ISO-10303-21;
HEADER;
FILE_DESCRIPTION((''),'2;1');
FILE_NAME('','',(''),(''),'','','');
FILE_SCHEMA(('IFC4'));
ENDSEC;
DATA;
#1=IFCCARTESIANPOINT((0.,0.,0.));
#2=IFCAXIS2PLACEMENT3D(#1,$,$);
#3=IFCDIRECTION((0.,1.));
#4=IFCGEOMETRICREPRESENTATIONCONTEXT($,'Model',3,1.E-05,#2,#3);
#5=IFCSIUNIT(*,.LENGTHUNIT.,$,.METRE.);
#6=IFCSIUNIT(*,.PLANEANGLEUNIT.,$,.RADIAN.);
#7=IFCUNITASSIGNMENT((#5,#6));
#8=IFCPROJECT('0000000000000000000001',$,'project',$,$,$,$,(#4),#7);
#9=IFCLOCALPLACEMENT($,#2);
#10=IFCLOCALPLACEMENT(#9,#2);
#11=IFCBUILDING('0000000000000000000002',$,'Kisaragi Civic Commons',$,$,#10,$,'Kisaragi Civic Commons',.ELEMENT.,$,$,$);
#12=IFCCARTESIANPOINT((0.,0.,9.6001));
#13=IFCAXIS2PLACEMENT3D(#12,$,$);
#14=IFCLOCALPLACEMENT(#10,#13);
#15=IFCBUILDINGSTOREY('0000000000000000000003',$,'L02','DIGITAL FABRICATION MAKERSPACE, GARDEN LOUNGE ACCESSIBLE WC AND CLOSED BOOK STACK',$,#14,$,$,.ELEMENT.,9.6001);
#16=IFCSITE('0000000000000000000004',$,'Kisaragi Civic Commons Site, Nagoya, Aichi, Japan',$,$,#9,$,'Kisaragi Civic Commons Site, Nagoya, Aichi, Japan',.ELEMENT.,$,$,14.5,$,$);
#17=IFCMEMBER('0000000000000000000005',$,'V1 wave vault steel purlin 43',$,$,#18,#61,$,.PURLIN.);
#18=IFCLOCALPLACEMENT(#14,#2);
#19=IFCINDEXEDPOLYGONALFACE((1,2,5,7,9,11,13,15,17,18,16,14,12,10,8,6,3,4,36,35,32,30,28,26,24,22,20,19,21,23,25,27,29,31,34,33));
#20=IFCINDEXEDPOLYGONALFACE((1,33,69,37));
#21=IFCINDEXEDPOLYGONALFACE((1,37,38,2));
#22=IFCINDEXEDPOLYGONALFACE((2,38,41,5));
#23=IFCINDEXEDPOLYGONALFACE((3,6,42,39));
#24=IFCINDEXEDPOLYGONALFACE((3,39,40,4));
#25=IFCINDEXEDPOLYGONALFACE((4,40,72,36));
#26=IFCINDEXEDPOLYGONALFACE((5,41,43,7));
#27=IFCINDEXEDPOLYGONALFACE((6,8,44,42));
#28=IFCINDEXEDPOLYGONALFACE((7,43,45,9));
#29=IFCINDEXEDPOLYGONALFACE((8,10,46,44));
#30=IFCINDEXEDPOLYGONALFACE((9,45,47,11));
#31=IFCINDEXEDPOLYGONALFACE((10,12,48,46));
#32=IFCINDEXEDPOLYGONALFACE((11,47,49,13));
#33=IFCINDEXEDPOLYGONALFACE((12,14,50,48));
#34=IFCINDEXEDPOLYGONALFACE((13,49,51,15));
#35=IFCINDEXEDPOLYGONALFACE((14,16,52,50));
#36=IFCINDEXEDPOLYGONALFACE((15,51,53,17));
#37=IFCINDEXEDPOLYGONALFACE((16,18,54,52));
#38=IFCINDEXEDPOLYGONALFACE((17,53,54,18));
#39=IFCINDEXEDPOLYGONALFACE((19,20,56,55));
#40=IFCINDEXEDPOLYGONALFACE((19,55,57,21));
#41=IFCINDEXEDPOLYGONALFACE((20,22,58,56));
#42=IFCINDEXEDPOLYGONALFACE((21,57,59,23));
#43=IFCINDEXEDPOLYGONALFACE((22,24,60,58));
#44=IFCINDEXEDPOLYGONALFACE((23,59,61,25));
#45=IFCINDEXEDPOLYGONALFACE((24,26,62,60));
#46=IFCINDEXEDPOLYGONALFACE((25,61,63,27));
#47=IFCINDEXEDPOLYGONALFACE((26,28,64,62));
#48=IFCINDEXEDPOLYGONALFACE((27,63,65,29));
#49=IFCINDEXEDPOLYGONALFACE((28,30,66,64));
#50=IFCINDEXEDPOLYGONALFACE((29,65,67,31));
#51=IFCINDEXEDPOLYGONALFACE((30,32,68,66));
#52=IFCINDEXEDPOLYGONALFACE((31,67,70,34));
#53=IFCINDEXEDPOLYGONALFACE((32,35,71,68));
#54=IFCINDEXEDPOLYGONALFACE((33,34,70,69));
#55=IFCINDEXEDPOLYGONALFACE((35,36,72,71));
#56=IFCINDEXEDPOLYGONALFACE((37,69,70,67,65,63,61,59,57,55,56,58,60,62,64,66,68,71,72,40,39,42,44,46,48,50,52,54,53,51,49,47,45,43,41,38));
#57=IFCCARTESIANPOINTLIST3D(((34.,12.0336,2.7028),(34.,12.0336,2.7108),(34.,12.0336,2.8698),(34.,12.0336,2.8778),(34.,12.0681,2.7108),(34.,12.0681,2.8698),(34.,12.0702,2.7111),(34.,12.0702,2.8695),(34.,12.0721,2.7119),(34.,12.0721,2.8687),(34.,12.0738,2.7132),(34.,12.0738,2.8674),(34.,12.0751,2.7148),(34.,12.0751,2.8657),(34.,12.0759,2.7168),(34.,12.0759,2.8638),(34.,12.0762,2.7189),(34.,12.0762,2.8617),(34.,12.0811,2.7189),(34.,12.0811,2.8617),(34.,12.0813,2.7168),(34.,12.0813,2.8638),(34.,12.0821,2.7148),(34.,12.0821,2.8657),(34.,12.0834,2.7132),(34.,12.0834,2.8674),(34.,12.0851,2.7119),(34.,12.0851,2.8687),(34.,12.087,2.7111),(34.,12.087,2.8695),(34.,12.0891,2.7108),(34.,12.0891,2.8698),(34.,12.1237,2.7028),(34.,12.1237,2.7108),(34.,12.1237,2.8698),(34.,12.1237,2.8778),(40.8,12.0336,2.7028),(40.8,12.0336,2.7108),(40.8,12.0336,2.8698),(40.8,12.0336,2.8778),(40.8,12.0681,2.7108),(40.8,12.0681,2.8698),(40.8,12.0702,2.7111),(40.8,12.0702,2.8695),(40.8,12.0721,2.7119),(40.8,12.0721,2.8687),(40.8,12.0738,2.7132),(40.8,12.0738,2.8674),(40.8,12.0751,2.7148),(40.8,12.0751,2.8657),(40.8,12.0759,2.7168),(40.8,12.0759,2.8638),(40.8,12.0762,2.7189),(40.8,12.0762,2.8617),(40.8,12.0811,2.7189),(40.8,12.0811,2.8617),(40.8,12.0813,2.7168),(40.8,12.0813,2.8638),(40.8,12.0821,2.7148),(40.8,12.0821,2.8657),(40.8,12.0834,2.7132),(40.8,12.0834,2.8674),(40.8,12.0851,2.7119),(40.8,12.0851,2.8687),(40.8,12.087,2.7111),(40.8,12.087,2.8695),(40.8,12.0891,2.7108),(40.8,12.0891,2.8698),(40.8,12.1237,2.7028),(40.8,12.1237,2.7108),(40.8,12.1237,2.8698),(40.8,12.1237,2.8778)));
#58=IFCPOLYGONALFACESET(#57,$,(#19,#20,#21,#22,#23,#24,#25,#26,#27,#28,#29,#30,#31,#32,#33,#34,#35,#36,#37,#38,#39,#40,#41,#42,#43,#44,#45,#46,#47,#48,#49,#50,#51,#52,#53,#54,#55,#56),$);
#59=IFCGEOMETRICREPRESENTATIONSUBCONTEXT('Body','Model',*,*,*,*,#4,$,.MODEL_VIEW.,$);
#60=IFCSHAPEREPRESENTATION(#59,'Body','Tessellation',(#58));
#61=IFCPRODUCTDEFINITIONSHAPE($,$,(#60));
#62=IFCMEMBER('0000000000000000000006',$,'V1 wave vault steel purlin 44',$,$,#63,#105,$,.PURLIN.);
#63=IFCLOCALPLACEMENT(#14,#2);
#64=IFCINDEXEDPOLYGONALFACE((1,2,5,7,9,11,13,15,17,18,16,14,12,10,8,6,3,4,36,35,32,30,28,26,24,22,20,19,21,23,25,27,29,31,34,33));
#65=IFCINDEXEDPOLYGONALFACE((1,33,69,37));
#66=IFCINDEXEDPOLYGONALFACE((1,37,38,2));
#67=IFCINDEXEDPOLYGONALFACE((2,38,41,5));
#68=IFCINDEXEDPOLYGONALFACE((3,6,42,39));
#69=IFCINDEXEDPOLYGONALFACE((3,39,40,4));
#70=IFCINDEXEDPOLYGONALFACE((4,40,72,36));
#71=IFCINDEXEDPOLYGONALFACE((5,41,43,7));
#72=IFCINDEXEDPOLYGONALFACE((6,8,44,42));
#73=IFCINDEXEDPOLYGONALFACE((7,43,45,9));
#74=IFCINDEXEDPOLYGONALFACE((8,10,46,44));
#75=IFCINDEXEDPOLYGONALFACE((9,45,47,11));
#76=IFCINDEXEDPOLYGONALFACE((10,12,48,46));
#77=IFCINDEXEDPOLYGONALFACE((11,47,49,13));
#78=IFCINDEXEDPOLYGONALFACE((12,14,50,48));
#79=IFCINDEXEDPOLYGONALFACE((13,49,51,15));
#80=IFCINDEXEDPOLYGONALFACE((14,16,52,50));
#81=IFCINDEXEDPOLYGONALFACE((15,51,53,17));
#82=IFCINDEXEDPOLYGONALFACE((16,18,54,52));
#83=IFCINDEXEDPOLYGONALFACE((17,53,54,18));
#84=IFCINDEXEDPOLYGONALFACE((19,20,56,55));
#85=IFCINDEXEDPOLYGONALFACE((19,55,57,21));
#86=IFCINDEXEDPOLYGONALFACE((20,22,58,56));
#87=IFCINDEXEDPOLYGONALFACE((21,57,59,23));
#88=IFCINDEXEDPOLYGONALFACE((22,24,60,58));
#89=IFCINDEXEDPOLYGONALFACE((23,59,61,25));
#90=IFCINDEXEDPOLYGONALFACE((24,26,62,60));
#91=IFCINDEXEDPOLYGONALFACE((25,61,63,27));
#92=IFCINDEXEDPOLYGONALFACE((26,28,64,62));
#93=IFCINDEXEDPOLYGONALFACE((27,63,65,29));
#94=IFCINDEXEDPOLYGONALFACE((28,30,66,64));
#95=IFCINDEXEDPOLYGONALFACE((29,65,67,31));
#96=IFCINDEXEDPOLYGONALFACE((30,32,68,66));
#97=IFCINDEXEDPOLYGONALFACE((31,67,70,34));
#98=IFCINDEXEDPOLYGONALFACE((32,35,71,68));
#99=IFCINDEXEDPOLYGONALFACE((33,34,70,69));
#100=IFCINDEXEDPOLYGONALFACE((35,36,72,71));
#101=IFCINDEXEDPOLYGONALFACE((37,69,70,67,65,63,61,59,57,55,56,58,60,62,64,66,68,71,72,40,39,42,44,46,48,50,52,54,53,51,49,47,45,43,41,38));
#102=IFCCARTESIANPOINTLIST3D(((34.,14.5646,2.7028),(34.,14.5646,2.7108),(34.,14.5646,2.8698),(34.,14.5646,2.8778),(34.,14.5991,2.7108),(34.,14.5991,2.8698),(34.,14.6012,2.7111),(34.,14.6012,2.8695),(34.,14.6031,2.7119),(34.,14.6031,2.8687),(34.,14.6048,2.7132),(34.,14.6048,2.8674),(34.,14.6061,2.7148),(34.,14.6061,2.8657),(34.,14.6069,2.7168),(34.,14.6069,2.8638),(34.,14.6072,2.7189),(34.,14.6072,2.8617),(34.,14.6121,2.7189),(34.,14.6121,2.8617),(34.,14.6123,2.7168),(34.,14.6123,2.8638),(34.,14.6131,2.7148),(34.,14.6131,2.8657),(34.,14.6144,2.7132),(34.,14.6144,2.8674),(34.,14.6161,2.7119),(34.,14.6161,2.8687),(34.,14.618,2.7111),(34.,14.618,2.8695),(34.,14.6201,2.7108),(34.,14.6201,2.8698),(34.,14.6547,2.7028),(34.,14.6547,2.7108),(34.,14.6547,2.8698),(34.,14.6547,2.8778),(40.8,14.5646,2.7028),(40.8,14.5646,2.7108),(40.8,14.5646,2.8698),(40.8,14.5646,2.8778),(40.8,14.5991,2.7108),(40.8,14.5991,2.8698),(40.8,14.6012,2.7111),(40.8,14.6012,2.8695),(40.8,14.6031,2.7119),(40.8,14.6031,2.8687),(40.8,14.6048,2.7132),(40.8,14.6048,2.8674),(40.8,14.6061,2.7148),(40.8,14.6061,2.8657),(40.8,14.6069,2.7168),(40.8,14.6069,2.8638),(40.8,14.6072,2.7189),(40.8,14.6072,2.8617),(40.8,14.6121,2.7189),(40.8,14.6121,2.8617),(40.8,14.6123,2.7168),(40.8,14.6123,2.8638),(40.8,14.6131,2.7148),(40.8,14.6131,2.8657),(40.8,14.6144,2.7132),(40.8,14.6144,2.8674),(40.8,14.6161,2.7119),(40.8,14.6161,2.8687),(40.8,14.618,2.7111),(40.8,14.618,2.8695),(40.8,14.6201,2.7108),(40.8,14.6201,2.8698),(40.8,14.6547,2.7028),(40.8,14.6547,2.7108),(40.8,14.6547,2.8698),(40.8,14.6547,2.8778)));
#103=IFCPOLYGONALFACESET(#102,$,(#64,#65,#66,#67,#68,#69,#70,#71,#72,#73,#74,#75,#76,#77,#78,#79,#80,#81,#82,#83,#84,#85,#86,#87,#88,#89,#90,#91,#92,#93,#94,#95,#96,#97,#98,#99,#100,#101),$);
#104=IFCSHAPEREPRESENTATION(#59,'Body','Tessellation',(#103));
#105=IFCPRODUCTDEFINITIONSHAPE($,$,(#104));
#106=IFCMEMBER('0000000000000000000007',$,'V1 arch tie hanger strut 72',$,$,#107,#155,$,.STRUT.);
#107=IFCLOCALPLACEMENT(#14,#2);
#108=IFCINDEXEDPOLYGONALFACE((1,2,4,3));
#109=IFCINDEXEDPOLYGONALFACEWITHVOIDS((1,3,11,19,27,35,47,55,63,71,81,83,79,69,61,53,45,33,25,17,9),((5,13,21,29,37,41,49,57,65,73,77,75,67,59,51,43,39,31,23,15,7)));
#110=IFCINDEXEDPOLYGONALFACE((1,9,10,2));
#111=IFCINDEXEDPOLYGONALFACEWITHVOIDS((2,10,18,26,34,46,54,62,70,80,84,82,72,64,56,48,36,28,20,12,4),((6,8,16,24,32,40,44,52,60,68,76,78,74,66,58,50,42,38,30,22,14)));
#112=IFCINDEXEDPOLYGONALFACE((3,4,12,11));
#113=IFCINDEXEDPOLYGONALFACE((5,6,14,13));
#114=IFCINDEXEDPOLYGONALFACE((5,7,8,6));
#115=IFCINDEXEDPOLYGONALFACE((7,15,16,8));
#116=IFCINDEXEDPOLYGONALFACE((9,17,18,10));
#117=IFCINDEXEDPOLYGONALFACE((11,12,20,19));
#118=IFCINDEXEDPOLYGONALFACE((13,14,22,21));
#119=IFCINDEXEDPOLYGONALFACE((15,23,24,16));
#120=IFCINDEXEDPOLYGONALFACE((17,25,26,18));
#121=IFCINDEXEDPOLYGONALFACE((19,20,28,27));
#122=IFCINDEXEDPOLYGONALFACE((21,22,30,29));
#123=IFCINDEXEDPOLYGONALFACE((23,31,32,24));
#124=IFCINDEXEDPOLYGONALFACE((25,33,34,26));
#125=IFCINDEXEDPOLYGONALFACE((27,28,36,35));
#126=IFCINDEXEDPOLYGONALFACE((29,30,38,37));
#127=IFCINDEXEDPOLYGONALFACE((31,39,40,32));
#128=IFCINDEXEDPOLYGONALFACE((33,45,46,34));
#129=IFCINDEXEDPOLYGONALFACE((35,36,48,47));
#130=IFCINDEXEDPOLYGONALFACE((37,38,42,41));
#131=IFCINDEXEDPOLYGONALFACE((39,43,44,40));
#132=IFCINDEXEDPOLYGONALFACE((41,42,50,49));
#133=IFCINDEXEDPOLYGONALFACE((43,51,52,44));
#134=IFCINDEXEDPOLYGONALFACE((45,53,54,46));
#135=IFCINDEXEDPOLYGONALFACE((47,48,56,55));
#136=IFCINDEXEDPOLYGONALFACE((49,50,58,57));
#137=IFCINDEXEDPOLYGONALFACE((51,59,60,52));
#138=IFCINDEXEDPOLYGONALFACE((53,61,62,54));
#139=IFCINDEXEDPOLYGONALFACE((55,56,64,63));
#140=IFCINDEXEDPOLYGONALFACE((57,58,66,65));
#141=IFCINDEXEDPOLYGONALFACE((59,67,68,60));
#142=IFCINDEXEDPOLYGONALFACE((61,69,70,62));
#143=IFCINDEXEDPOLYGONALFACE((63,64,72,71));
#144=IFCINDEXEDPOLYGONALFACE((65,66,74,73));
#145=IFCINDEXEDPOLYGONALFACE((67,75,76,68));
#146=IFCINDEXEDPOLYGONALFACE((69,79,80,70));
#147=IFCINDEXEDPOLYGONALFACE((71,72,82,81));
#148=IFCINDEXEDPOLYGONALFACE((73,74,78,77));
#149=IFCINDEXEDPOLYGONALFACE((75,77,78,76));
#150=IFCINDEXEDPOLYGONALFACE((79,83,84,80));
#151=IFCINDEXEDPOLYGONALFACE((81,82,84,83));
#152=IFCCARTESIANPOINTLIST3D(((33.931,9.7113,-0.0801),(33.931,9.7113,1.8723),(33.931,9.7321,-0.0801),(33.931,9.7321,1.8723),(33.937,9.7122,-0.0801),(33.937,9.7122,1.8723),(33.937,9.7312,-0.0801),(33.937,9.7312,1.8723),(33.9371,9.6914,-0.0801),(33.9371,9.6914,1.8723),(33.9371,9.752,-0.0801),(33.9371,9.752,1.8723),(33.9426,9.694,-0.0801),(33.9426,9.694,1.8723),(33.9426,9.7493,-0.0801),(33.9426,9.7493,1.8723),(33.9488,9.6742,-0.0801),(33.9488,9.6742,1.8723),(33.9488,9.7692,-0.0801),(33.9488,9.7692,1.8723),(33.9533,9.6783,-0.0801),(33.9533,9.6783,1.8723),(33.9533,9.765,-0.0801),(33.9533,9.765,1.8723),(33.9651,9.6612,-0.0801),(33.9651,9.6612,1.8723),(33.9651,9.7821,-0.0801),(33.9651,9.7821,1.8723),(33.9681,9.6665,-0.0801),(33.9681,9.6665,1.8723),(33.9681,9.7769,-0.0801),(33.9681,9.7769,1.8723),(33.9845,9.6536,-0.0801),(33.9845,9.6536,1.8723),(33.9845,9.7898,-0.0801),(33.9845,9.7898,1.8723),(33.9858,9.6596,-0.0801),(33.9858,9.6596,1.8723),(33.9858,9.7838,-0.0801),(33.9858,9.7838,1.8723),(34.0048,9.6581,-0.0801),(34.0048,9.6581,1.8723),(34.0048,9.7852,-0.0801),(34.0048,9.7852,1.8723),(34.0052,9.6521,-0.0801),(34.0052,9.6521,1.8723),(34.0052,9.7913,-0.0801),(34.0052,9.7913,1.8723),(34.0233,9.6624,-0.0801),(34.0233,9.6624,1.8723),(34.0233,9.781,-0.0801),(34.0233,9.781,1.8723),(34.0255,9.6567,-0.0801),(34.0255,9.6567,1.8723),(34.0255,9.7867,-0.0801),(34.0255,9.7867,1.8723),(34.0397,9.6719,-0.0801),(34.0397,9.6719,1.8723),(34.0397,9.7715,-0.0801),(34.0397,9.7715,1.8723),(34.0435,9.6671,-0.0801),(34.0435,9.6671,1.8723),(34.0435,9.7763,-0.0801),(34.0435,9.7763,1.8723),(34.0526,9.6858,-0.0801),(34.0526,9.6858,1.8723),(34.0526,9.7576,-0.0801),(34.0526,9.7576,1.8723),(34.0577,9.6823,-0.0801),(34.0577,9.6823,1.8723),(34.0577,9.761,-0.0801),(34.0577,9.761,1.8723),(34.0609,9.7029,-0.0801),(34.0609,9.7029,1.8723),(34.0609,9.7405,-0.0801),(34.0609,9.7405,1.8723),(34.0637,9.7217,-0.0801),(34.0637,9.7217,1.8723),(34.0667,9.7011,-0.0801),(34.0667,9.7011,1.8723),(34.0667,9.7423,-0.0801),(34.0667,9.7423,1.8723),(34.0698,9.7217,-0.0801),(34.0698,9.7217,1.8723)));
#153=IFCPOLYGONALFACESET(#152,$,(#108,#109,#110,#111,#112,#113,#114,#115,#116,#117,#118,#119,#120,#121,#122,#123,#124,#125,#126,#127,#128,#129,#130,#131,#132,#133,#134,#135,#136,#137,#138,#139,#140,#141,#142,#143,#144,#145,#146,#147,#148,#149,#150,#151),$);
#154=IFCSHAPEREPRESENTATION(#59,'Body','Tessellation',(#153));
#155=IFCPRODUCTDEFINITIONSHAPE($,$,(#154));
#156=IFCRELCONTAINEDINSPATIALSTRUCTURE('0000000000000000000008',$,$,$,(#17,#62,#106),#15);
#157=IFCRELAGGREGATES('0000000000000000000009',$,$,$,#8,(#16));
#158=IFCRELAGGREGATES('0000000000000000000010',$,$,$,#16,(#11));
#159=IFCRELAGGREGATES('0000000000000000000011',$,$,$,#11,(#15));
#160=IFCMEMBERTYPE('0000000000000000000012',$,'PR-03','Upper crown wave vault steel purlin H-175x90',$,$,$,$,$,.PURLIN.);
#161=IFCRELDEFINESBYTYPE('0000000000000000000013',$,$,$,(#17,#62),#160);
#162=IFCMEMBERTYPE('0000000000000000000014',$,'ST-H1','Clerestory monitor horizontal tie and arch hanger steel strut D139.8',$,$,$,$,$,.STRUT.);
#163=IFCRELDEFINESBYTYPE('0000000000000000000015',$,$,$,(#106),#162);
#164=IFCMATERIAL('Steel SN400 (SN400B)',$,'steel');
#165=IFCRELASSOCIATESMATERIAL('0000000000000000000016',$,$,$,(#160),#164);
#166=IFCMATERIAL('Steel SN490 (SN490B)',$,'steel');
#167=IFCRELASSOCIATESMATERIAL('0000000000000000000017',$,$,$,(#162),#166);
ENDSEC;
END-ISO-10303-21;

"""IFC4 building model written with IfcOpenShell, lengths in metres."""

from ifc_helpers import new_model, si_unit, direction, frame, origin, origin_2d, place, context, subcontext, project, spatial, hollow_circle, i_section, extrude, material, material_profile, profile_set, type_object, element, save


model = new_model("IFC4")

# Units and contexts
model_context = context("Model", 3, precision=1e-05, world=origin(), true_north=direction((0.0, 1.0)))
body_context = subcontext(model_context, "Body", "Model", "MODEL_VIEW")
ifc_project = project(units=[si_unit("LENGTHUNIT", "METRE"), si_unit("PLANEANGLEUNIT", "RADIAN")], contexts=[model_context])

# Site, building, storey
site_placement = place(None, origin())
site = spatial("IfcSite", under=ifc_project, at=site_placement, Name="Kisaragi Civic Commons Site, Nagoya, Aichi, Japan", LongName="Kisaragi Civic Commons Site, Nagoya, Aichi, Japan", CompositionType="ELEMENT", RefElevation=14.5)
building_placement = place(site_placement, origin())
building = spatial("IfcBuilding", under=site, at=building_placement, Name="Kisaragi Civic Commons", LongName="Kisaragi Civic Commons", CompositionType="ELEMENT")
storey_placement = place(building_placement, frame((0.0, 0.0, 9.6001)))
storey = spatial("IfcBuildingStorey", under=building, at=storey_placement, Name="L02", Description="DIGITAL FABRICATION MAKERSPACE, GARDEN LOUNGE ACCESSIBLE WC AND CLOSED BOOK STACK", CompositionType="ELEMENT", Elevation=9.6001)

# Members
ifc_material_1 = material(Name="Steel SN400 (SN400B)", Category="steel")
ifc_material_2 = material(Name="Steel SN490 (SN490B)", Category="steel")
ifc_material_profile_1 = material_profile(ifc_material_1, i_section(OverallWidth=0.0901, OverallDepth=0.175, WebThickness=0.0049, FlangeThickness=0.0081, FilletRadius=0.0081, at=origin_2d()), Name="H-175x90x5x8", Category="steel")
ifc_profile_set_1 = profile_set([ifc_material_profile_1], Name="Steel SN400 (SN400B)")
member_type_1 = type_object("IfcMemberType", Name="PR-03", Description="Upper crown wave vault steel purlin H-175x90", PredefinedType="PURLIN", material=ifc_profile_set_1)
for number, where, z_axis, x_axis, name in (
    (1, (34.0, 12.0786, 2.7903), (1.0, 0.0, 0.0), (0.0, 1.0, 0.0), "V1 wave vault steel purlin 43"),
    (2, (34.0, 14.6096, 2.7903), (1.0, 0.0, 0.0), (0.0, 1.0, 0.0), "V1 wave vault steel purlin 44"),
):
    element("IfcMember", number, at=place(storey_placement, frame(where, z_axis=z_axis, x_axis=x_axis)), inside=storey, type_object=member_type_1, Name=name, PredefinedType="PURLIN", context=body_context, shape_type="SweptSolid", body=[
        extrude(i_section(OverallWidth=0.0901, OverallDepth=0.175, WebThickness=0.0049, FlangeThickness=0.0081, FilletRadius=0.0081, at=origin_2d()), origin(), (0.0, 0.0, 1.0), 6.8),
    ])
ifc_material_profile_2 = material_profile(ifc_material_2, hollow_circle(Radius=0.0698, WallThickness=0.0061, at=origin_2d()), Name="CHS-139.8x6.0", Category="steel")
ifc_profile_set_2 = profile_set([ifc_material_profile_2], Name="Steel SN490 (SN490B)")
member_type_2 = type_object("IfcMemberType", Name="ST-H1", Description="Clerestory monitor horizontal tie and arch hanger steel strut D139.8", PredefinedType="STRUT", material=ifc_profile_set_2)
member_1_placement = place(storey_placement, frame((34.0, 9.7217, -0.0801), z_axis=(0.0, 0.0, 1.0), x_axis=(1.0, 0.0, 0.0)))
element("IfcMember", 3, at=member_1_placement, inside=storey, type_object=member_type_2, Name="V1 arch tie hanger strut 72", PredefinedType="STRUT", context=body_context, shape_type="SweptSolid", body=[
    extrude(hollow_circle(Radius=0.0698, WallThickness=0.0061, at=origin_2d()), origin(), (0.0, 0.0, 1.0), 1.9524),
])

save(model, "model.ifc")
